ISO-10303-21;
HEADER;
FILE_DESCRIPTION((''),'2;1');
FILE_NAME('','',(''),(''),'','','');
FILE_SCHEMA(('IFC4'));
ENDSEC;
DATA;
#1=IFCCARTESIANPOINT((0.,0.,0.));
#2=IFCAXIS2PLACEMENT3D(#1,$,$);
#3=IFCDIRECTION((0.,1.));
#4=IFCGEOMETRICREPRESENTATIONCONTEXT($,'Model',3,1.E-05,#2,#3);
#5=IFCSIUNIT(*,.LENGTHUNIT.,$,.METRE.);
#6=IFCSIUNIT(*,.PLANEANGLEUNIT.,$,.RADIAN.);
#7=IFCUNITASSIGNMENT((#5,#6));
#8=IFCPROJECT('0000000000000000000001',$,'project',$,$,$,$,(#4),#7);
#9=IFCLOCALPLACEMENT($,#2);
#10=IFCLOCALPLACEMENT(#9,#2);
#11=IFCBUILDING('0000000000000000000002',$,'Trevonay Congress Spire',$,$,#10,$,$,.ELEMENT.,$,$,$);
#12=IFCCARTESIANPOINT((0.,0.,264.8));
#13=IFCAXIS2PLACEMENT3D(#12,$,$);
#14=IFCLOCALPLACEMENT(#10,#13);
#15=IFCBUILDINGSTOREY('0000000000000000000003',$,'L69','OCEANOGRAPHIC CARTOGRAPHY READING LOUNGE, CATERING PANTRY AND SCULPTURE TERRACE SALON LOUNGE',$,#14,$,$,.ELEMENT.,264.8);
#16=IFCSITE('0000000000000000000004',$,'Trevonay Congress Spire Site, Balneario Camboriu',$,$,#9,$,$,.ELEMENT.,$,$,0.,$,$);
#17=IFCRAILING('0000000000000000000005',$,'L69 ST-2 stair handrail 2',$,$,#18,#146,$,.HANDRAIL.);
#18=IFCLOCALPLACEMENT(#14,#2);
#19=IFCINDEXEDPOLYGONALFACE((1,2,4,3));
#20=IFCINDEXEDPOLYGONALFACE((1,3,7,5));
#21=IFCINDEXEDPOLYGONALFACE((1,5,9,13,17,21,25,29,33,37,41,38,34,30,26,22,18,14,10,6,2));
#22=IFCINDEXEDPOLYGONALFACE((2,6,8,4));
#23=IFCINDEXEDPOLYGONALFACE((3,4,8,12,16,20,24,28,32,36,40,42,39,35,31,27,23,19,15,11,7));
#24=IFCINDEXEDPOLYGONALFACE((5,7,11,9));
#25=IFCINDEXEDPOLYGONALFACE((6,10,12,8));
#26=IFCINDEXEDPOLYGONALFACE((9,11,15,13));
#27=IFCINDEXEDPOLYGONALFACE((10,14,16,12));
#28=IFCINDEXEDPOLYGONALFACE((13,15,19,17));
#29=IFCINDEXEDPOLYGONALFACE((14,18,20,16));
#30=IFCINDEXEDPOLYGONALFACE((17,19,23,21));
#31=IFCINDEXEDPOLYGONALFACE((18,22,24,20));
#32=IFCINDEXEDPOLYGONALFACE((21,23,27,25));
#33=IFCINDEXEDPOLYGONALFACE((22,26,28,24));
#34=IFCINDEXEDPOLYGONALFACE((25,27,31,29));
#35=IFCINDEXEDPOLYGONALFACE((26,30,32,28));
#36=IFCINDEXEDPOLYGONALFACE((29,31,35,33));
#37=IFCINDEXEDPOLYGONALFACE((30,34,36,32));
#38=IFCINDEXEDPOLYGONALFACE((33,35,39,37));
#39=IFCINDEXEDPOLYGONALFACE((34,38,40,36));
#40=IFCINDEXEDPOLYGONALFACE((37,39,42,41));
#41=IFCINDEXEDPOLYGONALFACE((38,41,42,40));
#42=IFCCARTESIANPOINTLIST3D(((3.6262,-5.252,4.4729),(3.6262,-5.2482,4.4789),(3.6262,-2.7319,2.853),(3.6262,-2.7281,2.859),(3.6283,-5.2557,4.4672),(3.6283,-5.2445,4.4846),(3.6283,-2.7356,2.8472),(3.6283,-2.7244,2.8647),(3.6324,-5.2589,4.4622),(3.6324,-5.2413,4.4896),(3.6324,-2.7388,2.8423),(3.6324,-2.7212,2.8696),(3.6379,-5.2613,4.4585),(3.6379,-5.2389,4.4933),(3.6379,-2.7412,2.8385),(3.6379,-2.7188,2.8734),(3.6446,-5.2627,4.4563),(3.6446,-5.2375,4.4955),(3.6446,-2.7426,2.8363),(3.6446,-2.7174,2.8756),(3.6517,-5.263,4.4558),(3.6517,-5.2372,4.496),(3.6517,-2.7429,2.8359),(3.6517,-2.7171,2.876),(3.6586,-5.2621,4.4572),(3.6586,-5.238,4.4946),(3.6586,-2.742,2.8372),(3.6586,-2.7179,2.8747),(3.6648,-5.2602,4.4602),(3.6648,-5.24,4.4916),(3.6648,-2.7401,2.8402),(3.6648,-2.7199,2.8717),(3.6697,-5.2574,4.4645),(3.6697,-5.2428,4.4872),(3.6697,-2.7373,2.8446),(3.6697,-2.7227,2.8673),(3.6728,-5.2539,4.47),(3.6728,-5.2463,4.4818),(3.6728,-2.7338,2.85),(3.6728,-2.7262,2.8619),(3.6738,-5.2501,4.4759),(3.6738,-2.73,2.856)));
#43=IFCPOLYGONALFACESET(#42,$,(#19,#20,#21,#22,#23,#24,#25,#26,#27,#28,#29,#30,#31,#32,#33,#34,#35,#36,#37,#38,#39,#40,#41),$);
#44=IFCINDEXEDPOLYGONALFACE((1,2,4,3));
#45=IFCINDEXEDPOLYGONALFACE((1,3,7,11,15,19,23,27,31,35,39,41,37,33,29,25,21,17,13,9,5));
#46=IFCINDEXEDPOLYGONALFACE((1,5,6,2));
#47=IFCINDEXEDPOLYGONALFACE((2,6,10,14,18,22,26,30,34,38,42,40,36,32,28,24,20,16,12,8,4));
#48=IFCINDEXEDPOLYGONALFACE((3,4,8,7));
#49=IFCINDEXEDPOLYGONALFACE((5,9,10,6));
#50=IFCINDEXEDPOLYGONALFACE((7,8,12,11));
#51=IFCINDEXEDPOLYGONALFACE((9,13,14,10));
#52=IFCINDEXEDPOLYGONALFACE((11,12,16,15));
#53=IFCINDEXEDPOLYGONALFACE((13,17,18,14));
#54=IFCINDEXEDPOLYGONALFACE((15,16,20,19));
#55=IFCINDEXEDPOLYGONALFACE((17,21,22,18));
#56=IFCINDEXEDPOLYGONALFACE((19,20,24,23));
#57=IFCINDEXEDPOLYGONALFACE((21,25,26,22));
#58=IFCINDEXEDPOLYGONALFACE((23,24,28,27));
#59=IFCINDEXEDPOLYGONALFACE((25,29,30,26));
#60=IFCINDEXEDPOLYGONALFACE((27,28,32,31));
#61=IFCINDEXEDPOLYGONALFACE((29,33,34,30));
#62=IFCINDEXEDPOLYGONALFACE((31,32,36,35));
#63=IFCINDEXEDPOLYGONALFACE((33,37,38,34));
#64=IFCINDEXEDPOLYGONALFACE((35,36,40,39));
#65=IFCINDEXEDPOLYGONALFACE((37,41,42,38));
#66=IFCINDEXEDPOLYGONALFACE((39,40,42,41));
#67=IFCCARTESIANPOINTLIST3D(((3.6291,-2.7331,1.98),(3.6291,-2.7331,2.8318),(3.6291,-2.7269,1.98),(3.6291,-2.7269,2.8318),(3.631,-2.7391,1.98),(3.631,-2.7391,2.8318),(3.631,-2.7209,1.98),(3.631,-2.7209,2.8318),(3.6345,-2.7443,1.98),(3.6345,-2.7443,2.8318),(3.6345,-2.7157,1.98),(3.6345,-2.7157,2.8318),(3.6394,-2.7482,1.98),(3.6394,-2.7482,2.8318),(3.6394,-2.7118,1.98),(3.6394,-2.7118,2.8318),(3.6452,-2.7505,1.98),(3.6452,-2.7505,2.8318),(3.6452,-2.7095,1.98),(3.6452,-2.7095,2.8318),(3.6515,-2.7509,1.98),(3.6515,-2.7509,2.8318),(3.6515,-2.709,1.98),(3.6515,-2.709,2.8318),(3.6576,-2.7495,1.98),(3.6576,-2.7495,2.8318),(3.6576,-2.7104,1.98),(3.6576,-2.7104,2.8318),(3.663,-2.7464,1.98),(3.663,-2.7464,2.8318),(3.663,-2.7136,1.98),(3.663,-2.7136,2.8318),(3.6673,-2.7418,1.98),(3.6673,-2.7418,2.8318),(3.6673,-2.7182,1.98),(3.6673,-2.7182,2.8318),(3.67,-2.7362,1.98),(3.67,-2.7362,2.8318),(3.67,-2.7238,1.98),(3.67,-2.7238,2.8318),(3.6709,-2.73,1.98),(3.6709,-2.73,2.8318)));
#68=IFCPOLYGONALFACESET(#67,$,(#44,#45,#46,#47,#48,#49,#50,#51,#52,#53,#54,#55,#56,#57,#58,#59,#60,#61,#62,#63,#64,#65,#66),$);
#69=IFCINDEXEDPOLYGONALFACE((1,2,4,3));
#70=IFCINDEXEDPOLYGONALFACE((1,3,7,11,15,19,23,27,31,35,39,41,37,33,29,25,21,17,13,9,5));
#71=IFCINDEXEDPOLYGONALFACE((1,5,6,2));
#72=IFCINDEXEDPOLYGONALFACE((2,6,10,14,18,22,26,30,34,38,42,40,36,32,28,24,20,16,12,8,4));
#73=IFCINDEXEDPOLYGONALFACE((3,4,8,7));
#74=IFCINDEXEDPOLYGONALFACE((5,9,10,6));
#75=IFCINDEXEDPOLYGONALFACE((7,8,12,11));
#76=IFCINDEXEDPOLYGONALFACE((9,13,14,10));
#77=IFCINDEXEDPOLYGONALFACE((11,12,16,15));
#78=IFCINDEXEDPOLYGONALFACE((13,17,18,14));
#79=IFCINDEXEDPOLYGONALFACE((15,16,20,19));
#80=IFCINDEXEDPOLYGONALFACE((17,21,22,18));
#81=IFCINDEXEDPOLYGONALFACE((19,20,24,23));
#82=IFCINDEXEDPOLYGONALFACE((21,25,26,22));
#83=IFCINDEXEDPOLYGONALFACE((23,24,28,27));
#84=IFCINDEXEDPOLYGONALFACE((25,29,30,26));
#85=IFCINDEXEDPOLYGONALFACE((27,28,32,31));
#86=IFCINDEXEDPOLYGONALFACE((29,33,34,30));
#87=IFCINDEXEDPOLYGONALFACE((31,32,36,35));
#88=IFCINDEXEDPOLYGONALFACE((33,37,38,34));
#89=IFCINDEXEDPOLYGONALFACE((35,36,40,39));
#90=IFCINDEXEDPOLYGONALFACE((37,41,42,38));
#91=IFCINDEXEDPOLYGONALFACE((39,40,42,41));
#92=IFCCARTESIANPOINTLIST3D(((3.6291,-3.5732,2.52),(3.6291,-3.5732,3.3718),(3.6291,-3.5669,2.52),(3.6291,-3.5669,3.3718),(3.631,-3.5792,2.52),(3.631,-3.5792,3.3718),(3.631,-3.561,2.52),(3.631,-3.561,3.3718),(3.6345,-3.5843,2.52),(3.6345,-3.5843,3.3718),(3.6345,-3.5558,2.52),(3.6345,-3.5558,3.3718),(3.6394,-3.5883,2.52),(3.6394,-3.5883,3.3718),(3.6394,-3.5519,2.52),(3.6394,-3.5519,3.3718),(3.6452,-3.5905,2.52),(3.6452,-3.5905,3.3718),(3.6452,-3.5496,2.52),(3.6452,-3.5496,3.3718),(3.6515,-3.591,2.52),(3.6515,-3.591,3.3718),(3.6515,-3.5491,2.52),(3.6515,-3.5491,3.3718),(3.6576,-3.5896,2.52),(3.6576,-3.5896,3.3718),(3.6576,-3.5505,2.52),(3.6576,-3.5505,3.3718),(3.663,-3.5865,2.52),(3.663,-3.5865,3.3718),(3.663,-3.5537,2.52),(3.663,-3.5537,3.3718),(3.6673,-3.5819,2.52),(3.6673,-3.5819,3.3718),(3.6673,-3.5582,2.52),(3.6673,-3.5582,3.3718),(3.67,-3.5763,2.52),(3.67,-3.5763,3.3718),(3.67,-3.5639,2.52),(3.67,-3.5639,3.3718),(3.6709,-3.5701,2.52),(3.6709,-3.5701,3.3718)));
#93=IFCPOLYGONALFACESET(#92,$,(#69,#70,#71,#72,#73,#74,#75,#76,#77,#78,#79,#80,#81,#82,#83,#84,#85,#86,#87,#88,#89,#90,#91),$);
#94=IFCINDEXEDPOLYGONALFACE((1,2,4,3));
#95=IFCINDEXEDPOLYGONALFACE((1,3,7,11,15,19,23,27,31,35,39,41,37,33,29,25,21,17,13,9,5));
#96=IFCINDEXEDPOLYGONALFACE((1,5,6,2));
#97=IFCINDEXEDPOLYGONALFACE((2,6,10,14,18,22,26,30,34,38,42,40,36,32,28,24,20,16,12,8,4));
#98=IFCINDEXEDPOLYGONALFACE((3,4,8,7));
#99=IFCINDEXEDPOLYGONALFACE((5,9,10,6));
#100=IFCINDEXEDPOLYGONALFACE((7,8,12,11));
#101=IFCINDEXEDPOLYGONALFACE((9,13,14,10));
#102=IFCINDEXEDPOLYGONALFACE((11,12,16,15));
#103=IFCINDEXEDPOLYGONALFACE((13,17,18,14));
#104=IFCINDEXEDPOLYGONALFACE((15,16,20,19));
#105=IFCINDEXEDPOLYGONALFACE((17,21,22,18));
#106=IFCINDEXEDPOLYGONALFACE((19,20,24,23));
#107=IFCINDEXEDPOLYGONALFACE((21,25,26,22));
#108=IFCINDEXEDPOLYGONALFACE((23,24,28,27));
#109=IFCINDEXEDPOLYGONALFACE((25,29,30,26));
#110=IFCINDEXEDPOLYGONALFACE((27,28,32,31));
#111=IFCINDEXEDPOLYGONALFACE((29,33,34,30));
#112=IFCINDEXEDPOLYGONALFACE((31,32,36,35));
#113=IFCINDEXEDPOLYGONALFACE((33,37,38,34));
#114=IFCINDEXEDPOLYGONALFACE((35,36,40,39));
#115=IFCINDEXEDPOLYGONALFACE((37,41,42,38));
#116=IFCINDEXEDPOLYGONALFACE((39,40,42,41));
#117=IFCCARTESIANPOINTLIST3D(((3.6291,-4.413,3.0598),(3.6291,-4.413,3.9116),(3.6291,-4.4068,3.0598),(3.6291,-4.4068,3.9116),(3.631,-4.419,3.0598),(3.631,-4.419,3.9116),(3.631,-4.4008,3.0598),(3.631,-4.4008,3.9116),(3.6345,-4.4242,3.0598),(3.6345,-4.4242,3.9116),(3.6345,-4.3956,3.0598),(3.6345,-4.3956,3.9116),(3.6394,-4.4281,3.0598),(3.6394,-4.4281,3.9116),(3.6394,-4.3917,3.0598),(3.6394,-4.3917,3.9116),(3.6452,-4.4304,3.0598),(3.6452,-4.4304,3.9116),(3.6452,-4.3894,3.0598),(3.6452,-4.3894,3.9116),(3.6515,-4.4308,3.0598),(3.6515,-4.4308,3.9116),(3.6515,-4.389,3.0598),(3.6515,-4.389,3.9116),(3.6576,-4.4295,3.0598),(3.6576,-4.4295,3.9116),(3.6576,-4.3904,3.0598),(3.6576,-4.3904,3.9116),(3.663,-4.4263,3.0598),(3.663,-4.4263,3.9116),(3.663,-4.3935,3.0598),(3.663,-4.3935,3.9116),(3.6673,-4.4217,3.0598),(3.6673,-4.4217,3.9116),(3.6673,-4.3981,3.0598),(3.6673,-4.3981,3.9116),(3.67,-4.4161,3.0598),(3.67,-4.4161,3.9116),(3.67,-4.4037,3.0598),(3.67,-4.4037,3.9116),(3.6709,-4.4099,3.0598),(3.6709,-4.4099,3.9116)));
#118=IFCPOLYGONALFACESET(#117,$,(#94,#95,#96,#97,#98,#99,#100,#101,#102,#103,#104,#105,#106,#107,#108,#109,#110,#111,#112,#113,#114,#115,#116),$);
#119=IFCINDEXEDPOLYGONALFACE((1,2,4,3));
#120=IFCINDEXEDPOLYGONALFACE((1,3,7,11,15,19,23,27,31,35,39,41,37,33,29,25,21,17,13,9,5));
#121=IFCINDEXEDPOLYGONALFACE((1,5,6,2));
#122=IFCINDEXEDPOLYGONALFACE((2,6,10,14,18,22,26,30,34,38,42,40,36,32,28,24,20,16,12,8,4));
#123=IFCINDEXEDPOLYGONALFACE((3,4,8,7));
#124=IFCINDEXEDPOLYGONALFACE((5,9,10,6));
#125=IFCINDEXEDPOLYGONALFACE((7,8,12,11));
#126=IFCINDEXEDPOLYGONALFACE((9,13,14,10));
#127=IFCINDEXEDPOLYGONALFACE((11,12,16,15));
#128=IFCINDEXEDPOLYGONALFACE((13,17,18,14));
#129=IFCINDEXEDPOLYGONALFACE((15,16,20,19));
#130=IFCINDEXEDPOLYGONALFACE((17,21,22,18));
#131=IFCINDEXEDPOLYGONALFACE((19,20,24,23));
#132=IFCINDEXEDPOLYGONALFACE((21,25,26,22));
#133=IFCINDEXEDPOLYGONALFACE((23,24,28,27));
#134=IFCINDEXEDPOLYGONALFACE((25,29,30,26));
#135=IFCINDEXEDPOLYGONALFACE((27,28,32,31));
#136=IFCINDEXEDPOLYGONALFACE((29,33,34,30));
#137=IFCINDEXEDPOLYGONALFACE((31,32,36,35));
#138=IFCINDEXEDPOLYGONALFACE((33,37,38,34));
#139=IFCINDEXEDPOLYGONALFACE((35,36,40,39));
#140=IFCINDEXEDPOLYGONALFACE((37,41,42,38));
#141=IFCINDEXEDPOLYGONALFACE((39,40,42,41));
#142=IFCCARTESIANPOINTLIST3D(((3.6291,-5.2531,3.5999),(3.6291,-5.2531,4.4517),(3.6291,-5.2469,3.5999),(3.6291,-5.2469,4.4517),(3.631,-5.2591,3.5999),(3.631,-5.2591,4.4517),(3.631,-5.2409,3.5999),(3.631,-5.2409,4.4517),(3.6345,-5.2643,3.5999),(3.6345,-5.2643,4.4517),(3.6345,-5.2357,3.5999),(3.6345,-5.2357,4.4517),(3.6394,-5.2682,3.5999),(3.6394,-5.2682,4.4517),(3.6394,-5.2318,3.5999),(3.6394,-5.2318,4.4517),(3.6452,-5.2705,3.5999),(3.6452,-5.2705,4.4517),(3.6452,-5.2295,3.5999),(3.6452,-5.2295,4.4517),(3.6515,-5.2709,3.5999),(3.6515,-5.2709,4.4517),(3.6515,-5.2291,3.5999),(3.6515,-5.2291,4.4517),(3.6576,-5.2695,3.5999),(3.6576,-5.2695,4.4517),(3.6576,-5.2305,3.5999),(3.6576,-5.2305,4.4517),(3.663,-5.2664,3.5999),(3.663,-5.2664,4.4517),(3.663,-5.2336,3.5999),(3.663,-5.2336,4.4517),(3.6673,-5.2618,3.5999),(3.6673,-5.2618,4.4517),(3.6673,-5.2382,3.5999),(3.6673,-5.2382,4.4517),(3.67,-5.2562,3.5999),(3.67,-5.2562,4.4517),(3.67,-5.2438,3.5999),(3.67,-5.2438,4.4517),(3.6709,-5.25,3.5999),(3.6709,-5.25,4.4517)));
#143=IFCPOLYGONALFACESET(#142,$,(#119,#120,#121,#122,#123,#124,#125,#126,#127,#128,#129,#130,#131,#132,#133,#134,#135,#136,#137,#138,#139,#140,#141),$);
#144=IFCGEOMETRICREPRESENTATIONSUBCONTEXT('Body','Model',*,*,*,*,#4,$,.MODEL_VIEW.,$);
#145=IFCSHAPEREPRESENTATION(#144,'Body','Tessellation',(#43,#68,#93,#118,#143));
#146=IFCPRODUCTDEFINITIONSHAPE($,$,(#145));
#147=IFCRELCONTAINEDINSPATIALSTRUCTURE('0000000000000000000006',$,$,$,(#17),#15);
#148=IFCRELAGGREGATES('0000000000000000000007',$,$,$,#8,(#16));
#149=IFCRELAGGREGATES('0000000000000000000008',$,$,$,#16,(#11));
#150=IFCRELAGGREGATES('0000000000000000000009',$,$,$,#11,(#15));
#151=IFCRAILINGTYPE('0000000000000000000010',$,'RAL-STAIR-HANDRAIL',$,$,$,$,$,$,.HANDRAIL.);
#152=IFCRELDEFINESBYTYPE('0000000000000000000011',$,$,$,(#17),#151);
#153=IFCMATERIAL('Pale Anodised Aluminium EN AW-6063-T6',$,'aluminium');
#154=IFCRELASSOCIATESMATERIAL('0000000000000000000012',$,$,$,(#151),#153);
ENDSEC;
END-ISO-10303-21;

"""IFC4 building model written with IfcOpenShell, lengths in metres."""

from ifc_helpers import new_model, si_unit, direction, frame, origin, origin_2d, place, context, subcontext, project, spatial, circle, extrude, material, type_object, element, save


model = new_model("IFC4")

# Units and contexts
model_context = context("Model", 3, precision=1e-05, world=origin(), true_north=direction((0.0, 1.0)))
body_context = subcontext(model_context, "Body", "Model", "MODEL_VIEW")
ifc_project = project(units=[si_unit("LENGTHUNIT", "METRE"), si_unit("PLANEANGLEUNIT", "RADIAN")], contexts=[model_context])

# Site, building, storey
site_placement = place(None, origin())
site = spatial("IfcSite", under=ifc_project, at=site_placement, Name="Trevonay Congress Spire Site, Balneario Camboriu", CompositionType="ELEMENT", RefElevation=0.0)
building_placement = place(site_placement, origin())
building = spatial("IfcBuilding", under=site, at=building_placement, Name="Trevonay Congress Spire", CompositionType="ELEMENT")
storey_placement = place(building_placement, frame((0.0, 0.0, 264.8)))
storey = spatial("IfcBuildingStorey", under=building, at=storey_placement, Name="L69", Description="OCEANOGRAPHIC CARTOGRAPHY READING LOUNGE, CATERING PANTRY AND SCULPTURE TERRACE SALON LOUNGE", CompositionType="ELEMENT", Elevation=264.8)

# Railing
ifc_material_1 = material(Name="Pale Anodised Aluminium EN AW-6063-T6", Category="aluminium")
railing_type_1 = type_object("IfcRailingType", Name="RAL-STAIR-HANDRAIL", PredefinedType="HANDRAIL", material=ifc_material_1)
railing_1_placement = place(storey_placement, frame((3.6499, -2.73, 1.98)))
element("IfcRailing", 1, at=railing_1_placement, inside=storey, type_object=railing_type_1, Name="L69 ST-2 stair handrail 2", PredefinedType="HANDRAIL", context=body_context, shape_type="SweptSolid", body=[
    extrude(circle(Radius=0.0239, at=origin_2d()), frame((0.0, 0.0, 0.876), z_axis=(0.0, -0.8412, 0.540725), x_axis=(1.0, 0.0, 0.0)), (0.0, 0.0, 1.0), 2.9958),
    extrude(circle(Radius=0.021, at=origin_2d()), origin(), (0.0, 0.0, 1.0), 0.8518),
    extrude(circle(Radius=0.021, at=origin_2d()), frame((0.0, -0.8401, 0.54)), (0.0, 0.0, 1.0), 0.8518),
    extrude(circle(Radius=0.021, at=origin_2d()), frame((0.0, -1.6799, 1.0798)), (0.0, 0.0, 1.0), 0.8518),
    extrude(circle(Radius=0.021, at=origin_2d()), frame((0.0, -2.52, 1.6199)), (0.0, 0.0, 1.0), 0.8518),
])

save(model, "model.ifc")
